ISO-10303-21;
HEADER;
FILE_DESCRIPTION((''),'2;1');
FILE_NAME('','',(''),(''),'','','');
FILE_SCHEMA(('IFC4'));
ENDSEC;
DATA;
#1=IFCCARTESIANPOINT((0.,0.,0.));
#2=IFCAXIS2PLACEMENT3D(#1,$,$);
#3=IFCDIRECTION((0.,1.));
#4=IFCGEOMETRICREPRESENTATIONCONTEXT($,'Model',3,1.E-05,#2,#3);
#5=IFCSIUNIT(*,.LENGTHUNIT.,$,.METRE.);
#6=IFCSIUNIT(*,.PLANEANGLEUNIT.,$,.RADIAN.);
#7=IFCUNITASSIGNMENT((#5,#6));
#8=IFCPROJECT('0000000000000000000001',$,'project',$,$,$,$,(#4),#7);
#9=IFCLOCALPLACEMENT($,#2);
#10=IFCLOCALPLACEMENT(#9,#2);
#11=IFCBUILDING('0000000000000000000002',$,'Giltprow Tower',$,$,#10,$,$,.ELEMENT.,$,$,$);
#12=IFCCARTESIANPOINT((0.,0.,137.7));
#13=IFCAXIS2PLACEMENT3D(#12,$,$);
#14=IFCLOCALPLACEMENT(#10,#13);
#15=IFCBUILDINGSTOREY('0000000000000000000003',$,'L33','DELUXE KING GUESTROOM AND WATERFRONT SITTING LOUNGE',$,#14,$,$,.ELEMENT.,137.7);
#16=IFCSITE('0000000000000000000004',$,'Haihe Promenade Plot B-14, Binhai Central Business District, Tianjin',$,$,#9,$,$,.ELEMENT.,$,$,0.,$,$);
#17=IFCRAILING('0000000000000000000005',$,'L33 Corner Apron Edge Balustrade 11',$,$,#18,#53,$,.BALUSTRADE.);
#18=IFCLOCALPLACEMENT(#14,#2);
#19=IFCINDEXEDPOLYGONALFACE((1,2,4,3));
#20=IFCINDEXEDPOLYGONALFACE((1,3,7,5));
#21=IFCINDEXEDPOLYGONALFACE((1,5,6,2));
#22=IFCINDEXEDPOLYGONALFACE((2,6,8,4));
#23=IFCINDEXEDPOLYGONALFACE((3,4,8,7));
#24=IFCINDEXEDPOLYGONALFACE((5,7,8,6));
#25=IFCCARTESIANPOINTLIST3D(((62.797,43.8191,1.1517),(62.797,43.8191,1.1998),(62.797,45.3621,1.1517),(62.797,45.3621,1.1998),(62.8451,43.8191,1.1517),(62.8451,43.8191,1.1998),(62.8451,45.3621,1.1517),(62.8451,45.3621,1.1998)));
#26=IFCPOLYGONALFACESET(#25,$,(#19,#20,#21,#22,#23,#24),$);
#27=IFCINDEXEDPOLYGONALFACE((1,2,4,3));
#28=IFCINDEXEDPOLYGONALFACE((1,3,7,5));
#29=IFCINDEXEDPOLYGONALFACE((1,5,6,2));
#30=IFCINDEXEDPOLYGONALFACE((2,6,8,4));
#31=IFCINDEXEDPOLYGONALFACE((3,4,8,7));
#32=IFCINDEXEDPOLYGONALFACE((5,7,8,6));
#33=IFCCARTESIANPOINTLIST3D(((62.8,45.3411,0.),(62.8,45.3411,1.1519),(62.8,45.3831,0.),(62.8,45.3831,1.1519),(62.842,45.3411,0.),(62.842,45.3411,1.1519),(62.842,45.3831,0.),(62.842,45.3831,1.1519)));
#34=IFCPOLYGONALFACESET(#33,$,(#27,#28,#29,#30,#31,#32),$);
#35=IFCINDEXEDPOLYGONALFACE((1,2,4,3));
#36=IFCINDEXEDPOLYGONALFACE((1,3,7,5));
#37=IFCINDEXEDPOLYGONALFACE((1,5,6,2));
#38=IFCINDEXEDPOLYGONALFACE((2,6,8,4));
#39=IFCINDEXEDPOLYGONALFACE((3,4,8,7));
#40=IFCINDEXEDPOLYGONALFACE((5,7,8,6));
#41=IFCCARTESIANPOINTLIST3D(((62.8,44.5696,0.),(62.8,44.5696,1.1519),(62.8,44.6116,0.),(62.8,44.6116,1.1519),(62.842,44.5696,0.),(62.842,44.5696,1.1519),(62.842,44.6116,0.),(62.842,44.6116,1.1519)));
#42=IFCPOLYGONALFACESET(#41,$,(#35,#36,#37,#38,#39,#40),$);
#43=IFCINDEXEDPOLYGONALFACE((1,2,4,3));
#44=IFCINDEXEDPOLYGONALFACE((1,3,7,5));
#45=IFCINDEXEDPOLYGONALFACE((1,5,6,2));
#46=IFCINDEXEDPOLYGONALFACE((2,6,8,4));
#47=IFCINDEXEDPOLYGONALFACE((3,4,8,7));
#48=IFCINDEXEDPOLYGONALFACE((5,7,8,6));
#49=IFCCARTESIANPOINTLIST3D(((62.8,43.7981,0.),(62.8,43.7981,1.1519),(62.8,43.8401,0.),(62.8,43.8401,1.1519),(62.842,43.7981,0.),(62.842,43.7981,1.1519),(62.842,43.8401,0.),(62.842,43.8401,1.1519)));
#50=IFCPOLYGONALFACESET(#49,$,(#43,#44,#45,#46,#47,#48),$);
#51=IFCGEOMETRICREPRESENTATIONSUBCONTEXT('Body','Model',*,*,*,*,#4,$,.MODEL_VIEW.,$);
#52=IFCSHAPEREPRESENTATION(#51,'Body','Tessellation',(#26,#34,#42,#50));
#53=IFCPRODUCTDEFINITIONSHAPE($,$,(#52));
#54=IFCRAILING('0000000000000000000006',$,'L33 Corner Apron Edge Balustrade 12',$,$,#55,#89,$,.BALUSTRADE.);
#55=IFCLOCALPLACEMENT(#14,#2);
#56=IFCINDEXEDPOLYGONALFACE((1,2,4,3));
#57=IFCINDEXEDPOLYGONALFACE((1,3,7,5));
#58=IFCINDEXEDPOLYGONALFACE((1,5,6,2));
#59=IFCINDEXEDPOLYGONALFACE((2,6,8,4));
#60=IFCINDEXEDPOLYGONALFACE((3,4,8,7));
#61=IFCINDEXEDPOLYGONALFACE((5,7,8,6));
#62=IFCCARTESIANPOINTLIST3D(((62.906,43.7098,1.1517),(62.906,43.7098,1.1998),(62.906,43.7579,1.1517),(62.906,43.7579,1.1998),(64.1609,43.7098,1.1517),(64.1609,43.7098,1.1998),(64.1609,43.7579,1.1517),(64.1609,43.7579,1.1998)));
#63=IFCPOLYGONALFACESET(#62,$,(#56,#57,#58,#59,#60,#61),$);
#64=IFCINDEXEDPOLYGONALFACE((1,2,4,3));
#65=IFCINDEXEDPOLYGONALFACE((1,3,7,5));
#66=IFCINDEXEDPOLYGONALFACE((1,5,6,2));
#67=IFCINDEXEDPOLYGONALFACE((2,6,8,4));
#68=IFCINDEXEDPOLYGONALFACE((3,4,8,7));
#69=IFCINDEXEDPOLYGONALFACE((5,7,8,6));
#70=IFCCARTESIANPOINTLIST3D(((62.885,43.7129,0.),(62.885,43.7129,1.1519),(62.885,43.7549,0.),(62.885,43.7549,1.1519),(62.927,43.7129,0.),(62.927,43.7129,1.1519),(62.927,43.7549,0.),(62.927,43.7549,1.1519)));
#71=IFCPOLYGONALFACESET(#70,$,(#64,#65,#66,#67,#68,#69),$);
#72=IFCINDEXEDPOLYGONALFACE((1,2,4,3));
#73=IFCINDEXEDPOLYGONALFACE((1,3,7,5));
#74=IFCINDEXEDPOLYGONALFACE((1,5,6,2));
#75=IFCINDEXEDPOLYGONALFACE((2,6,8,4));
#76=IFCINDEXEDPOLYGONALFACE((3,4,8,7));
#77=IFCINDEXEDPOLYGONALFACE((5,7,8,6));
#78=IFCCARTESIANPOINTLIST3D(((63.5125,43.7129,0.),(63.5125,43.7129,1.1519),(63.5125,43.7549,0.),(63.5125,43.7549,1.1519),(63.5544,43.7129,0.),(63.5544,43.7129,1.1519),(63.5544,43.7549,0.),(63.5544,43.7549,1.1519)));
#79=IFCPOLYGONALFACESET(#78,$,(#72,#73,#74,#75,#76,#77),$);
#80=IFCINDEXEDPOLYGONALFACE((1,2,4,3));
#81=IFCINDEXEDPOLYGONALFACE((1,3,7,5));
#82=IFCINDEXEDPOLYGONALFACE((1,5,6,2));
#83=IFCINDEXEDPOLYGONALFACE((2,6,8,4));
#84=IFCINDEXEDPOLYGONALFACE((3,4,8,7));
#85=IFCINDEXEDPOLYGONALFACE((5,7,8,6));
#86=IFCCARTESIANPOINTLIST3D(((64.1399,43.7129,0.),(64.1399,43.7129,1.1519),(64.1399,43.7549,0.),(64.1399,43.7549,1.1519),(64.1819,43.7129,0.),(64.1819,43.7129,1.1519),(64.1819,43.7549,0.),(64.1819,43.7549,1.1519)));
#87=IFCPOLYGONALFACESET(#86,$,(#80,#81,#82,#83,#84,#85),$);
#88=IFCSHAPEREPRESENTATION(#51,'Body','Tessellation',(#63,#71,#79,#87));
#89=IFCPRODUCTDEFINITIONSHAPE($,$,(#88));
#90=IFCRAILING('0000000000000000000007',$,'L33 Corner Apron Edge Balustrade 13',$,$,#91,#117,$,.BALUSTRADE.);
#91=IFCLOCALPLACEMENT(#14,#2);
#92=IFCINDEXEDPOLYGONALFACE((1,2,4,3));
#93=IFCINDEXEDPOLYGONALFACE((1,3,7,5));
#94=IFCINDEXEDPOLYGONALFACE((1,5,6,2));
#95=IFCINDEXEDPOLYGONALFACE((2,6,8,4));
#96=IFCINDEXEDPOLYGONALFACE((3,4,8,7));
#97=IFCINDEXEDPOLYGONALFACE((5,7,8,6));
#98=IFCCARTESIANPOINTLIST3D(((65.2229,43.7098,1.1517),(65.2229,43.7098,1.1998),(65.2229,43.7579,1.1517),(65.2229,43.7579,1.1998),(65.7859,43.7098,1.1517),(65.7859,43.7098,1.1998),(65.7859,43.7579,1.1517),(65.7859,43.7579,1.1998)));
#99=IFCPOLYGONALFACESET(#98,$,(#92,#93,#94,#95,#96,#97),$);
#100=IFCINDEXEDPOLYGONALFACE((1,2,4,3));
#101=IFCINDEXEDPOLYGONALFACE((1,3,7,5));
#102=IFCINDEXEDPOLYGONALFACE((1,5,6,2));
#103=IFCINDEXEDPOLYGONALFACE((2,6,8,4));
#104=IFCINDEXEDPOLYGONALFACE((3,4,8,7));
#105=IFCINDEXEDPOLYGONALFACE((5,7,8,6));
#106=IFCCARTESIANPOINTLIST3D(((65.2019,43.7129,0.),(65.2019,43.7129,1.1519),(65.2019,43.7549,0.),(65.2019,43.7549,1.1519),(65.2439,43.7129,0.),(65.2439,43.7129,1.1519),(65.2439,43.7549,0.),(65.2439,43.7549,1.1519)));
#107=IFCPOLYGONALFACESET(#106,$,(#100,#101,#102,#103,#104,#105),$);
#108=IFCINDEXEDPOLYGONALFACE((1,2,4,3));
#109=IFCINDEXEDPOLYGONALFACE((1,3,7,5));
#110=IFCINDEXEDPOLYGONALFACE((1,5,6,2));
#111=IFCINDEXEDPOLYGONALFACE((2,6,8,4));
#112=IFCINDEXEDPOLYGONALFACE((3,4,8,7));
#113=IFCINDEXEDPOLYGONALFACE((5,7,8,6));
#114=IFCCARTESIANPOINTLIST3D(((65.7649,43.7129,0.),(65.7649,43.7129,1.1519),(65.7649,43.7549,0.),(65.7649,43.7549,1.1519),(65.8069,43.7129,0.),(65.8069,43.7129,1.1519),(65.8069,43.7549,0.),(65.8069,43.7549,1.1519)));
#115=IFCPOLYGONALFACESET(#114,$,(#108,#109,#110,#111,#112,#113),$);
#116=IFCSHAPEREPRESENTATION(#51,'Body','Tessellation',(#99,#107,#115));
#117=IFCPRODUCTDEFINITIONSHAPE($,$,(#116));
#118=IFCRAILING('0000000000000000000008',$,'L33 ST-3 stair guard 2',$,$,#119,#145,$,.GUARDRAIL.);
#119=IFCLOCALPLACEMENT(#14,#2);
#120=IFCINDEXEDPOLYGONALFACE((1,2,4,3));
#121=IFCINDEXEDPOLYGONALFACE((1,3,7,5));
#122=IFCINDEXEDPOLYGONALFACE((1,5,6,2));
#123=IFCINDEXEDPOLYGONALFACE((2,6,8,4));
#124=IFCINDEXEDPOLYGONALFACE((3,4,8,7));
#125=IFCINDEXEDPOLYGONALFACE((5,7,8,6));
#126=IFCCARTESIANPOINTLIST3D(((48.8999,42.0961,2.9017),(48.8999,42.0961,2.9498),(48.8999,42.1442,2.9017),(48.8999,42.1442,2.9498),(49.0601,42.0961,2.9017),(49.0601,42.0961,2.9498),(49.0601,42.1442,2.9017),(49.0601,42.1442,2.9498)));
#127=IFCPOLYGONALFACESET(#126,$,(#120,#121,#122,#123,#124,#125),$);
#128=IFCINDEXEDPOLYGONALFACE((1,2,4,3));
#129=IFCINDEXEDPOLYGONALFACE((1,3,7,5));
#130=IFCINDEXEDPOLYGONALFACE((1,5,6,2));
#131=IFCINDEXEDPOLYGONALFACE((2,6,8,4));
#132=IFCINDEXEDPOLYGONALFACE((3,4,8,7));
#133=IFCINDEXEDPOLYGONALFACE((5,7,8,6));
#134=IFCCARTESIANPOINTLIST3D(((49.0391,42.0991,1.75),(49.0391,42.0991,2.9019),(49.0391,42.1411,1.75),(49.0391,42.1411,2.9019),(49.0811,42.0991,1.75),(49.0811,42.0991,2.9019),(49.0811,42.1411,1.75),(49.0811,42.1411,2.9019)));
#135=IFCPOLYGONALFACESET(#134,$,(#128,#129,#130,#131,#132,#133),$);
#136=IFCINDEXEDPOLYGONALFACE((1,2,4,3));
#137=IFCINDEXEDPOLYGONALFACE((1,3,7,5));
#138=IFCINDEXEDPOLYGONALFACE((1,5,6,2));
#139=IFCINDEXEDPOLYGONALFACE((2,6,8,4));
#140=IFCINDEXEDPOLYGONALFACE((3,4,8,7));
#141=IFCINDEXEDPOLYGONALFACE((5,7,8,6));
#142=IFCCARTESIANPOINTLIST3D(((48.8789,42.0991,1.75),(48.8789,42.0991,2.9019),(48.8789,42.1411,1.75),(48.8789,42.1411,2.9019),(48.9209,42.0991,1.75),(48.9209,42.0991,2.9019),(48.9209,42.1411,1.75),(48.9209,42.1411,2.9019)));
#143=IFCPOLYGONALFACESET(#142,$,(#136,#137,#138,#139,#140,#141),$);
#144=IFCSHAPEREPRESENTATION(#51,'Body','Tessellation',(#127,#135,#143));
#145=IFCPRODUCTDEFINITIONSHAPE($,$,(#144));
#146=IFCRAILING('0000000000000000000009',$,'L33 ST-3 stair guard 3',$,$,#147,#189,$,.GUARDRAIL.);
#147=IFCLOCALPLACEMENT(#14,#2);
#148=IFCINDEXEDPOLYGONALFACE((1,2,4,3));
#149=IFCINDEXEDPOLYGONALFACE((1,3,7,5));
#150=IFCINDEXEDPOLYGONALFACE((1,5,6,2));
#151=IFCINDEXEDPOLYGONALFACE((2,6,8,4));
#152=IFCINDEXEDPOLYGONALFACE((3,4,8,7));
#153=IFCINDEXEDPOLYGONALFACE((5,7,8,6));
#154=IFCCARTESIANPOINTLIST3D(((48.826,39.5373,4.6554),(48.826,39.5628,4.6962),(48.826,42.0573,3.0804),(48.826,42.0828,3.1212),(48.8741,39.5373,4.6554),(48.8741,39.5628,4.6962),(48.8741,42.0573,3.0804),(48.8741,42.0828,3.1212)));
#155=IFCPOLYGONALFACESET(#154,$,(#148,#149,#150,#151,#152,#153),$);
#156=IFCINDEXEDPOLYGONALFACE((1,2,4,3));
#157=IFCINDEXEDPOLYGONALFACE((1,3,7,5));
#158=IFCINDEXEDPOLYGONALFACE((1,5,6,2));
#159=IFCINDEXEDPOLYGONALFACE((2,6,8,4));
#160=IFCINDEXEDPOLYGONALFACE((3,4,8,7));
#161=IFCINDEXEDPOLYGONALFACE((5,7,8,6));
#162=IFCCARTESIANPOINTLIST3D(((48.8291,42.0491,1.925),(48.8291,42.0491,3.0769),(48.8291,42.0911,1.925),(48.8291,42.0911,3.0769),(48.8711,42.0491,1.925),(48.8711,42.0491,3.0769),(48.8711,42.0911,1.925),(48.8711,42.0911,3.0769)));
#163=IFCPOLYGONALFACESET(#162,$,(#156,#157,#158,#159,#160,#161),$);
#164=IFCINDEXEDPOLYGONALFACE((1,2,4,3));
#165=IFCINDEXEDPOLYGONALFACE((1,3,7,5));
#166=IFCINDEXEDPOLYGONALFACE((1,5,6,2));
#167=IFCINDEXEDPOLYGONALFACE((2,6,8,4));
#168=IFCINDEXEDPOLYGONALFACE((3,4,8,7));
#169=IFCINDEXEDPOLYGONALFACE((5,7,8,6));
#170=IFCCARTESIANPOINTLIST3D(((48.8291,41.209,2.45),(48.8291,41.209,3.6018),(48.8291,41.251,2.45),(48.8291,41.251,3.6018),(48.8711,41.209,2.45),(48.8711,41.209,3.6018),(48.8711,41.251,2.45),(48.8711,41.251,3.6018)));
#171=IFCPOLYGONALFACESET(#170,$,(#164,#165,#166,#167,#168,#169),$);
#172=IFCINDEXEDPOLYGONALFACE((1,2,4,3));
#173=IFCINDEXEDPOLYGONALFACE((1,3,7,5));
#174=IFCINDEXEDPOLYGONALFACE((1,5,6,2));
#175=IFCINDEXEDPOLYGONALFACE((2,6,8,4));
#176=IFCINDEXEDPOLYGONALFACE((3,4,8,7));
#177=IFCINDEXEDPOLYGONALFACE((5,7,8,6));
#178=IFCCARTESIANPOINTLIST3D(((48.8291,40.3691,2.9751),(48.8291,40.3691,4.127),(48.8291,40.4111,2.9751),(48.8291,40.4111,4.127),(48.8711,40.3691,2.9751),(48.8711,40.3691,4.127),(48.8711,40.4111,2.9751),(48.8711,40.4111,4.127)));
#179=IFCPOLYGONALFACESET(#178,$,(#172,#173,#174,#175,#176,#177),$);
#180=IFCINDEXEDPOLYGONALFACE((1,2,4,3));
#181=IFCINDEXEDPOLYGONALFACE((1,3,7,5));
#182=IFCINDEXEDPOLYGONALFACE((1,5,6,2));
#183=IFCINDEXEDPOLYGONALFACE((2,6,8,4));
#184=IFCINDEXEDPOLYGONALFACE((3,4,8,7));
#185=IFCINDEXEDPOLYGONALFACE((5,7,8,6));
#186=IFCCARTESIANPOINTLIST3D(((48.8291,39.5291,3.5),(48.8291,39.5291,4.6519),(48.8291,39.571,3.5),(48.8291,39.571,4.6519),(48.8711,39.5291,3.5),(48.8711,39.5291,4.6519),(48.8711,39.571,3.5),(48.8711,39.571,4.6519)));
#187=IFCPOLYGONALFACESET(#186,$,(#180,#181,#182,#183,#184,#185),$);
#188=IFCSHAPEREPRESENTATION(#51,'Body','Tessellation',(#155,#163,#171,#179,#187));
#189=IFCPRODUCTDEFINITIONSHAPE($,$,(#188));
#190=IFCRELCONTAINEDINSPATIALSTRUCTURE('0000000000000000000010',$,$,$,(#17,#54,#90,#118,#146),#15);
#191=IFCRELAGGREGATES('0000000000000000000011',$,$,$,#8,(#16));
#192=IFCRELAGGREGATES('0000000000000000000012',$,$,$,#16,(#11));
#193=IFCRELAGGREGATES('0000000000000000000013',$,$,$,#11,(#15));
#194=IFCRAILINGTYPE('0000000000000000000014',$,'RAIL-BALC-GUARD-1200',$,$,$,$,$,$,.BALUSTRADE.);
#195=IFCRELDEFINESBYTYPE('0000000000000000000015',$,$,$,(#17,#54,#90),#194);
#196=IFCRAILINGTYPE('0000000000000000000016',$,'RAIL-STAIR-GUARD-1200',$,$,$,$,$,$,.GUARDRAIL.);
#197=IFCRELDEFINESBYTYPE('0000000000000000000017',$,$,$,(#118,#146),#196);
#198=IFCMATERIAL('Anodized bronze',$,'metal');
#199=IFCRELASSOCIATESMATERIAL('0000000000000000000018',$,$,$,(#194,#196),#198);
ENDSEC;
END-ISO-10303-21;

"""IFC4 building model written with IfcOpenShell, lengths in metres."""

from ifc_helpers import new_model, si_unit, direction, frame, origin, origin_2d, place, context, subcontext, project, spatial, rectangle, extrude, material, type_object, element, save


model = new_model("IFC4")

# Units and contexts
model_context = context("Model", 3, precision=1e-05, world=origin(), true_north=direction((0.0, 1.0)))
body_context = subcontext(model_context, "Body", "Model", "MODEL_VIEW")
ifc_project = project(units=[si_unit("LENGTHUNIT", "METRE"), si_unit("PLANEANGLEUNIT", "RADIAN")], contexts=[model_context])

# Site, building, storey
site_placement = place(None, origin())
site = spatial("IfcSite", under=ifc_project, at=site_placement, Name="Haihe Promenade Plot B-14, Binhai Central Business District, Tianjin", CompositionType="ELEMENT", RefElevation=0.0)
building_placement = place(site_placement, origin())
building = spatial("IfcBuilding", under=site, at=building_placement, Name="Giltprow Tower", CompositionType="ELEMENT")
storey_placement = place(building_placement, frame((0.0, 0.0, 137.7)))
storey = spatial("IfcBuildingStorey", under=building, at=storey_placement, Name="L33", Description="DELUXE KING GUESTROOM AND WATERFRONT SITTING LOUNGE", CompositionType="ELEMENT", Elevation=137.7)

# Railings
ifc_material_1 = material(Name="Anodized bronze", Category="metal")
railing_type_1 = type_object("IfcRailingType", Name="RAIL-BALC-GUARD-1200", PredefinedType="BALUSTRADE", material=ifc_material_1)
railing_1_placement = place(storey_placement, frame((62.821, 45.3621, 0.0)))
element("IfcRailing", 1, at=railing_1_placement, inside=storey, type_object=railing_type_1, Name="L33 Corner Apron Edge Balustrade 11", PredefinedType="BALUSTRADE", context=body_context, shape_type="SweptSolid", body=[
    extrude(rectangle(XDim=0.0481, YDim=0.0481, at=origin_2d()), frame((0.0, 0.0, 1.1758), z_axis=(0.0, -1.0, 0.0), x_axis=(1.0, 0.0, 0.0)), (0.0, 0.0, 1.0), 1.543),
    extrude(rectangle(XDim=0.042, YDim=0.042, at=origin_2d()), origin(), (0.0, 0.0, 1.0), 1.1519),
    extrude(rectangle(XDim=0.042, YDim=0.042, at=origin_2d()), frame((0.0, -0.7715, 0.0)), (0.0, 0.0, 1.0), 1.1519),
    extrude(rectangle(XDim=0.042, YDim=0.042, at=origin_2d()), frame((0.0, -1.543, 0.0)), (0.0, 0.0, 1.0), 1.1519),
])
railing_2_placement = place(storey_placement, frame((62.906, 43.7339, 0.0)))
element("IfcRailing", 2, at=railing_2_placement, inside=storey, type_object=railing_type_1, Name="L33 Corner Apron Edge Balustrade 12", PredefinedType="BALUSTRADE", context=body_context, shape_type="SweptSolid", body=[
    extrude(rectangle(XDim=0.0481, YDim=0.0481, at=origin_2d()), frame((0.0, 0.0, 1.1758), z_axis=(1.0, 0.0, 0.0), x_axis=(0.0, 1.0, 0.0)), (0.0, 0.0, 1.0), 1.2549),
    extrude(rectangle(XDim=0.042, YDim=0.042, at=origin_2d()), origin(), (0.0, 0.0, 1.0), 1.1519),
    extrude(rectangle(XDim=0.042, YDim=0.042, at=origin_2d()), frame((0.6274, 0.0, 0.0)), (0.0, 0.0, 1.0), 1.1519),
    extrude(rectangle(XDim=0.042, YDim=0.042, at=origin_2d()), frame((1.2549, 0.0, 0.0)), (0.0, 0.0, 1.0), 1.1519),
])
railing_3_placement = place(storey_placement, frame((65.2229, 43.7339, 0.0)))
element("IfcRailing", 3, at=railing_3_placement, inside=storey, type_object=railing_type_1, Name="L33 Corner Apron Edge Balustrade 13", PredefinedType="BALUSTRADE", context=body_context, shape_type="SweptSolid", body=[
    extrude(rectangle(XDim=0.0481, YDim=0.0481, at=origin_2d()), frame((0.0, 0.0, 1.1758), z_axis=(1.0, 0.0, 0.0), x_axis=(0.0, 1.0, 0.0)), (0.0, 0.0, 1.0), 0.563),
    extrude(rectangle(XDim=0.042, YDim=0.042, at=origin_2d()), origin(), (0.0, 0.0, 1.0), 1.1519),
    extrude(rectangle(XDim=0.042, YDim=0.042, at=origin_2d()), frame((0.563, 0.0, 0.0)), (0.0, 0.0, 1.0), 1.1519),
])
railing_type_2 = type_object("IfcRailingType", Name="RAIL-STAIR-GUARD-1200", PredefinedType="GUARDRAIL", material=ifc_material_1)
railing_4_placement = place(storey_placement, frame((49.0601, 42.1201, 1.75)))
element("IfcRailing", 4, at=railing_4_placement, inside=storey, type_object=railing_type_2, Name="L33 ST-3 stair guard 2", PredefinedType="GUARDRAIL", context=body_context, shape_type="SweptSolid", body=[
    extrude(rectangle(XDim=0.0481, YDim=0.0481, at=origin_2d()), frame((0.0, 0.0, 1.1758), z_axis=(-1.0, 0.0, 0.0), x_axis=(0.0, -1.0, 0.0)), (0.0, 0.0, 1.0), 0.1602),
    extrude(rectangle(XDim=0.042, YDim=0.042, at=origin_2d()), origin(), (0.0, 0.0, 1.0), 1.1519),
    extrude(rectangle(XDim=0.042, YDim=0.042, at=origin_2d()), frame((-0.1602, 0.0, 0.0)), (0.0, 0.0, 1.0), 1.1519),
])
railing_5_placement = place(storey_placement, frame((48.8501, 42.0701, 1.925)))
element("IfcRailing", 5, at=railing_5_placement, inside=storey, type_object=railing_type_2, Name="L33 ST-3 stair guard 3", PredefinedType="GUARDRAIL", context=body_context, shape_type="SweptSolid", body=[
    extrude(rectangle(XDim=0.0481, YDim=0.0481, at=origin_2d()), frame((0.0, 0.0, 1.1758), z_axis=(0.0, -0.848008, 0.529984), x_axis=(1.0, 0.0, 0.0)), (0.0, 0.0, 1.0), 2.9717),
    extrude(rectangle(XDim=0.042, YDim=0.042, at=origin_2d()), origin(), (0.0, 0.0, 1.0), 1.1519),
    extrude(rectangle(XDim=0.042, YDim=0.042, at=origin_2d()), frame((0.0, -0.8401, 0.5249)), (0.0, 0.0, 1.0), 1.1519),
    extrude(rectangle(XDim=0.042, YDim=0.042, at=origin_2d()), frame((0.0, -1.6799, 1.05)), (0.0, 0.0, 1.0), 1.1519),
    extrude(rectangle(XDim=0.042, YDim=0.042, at=origin_2d()), frame((0.0, -2.52, 1.575)), (0.0, 0.0, 1.0), 1.1519),
])

save(model, "model.ifc")
